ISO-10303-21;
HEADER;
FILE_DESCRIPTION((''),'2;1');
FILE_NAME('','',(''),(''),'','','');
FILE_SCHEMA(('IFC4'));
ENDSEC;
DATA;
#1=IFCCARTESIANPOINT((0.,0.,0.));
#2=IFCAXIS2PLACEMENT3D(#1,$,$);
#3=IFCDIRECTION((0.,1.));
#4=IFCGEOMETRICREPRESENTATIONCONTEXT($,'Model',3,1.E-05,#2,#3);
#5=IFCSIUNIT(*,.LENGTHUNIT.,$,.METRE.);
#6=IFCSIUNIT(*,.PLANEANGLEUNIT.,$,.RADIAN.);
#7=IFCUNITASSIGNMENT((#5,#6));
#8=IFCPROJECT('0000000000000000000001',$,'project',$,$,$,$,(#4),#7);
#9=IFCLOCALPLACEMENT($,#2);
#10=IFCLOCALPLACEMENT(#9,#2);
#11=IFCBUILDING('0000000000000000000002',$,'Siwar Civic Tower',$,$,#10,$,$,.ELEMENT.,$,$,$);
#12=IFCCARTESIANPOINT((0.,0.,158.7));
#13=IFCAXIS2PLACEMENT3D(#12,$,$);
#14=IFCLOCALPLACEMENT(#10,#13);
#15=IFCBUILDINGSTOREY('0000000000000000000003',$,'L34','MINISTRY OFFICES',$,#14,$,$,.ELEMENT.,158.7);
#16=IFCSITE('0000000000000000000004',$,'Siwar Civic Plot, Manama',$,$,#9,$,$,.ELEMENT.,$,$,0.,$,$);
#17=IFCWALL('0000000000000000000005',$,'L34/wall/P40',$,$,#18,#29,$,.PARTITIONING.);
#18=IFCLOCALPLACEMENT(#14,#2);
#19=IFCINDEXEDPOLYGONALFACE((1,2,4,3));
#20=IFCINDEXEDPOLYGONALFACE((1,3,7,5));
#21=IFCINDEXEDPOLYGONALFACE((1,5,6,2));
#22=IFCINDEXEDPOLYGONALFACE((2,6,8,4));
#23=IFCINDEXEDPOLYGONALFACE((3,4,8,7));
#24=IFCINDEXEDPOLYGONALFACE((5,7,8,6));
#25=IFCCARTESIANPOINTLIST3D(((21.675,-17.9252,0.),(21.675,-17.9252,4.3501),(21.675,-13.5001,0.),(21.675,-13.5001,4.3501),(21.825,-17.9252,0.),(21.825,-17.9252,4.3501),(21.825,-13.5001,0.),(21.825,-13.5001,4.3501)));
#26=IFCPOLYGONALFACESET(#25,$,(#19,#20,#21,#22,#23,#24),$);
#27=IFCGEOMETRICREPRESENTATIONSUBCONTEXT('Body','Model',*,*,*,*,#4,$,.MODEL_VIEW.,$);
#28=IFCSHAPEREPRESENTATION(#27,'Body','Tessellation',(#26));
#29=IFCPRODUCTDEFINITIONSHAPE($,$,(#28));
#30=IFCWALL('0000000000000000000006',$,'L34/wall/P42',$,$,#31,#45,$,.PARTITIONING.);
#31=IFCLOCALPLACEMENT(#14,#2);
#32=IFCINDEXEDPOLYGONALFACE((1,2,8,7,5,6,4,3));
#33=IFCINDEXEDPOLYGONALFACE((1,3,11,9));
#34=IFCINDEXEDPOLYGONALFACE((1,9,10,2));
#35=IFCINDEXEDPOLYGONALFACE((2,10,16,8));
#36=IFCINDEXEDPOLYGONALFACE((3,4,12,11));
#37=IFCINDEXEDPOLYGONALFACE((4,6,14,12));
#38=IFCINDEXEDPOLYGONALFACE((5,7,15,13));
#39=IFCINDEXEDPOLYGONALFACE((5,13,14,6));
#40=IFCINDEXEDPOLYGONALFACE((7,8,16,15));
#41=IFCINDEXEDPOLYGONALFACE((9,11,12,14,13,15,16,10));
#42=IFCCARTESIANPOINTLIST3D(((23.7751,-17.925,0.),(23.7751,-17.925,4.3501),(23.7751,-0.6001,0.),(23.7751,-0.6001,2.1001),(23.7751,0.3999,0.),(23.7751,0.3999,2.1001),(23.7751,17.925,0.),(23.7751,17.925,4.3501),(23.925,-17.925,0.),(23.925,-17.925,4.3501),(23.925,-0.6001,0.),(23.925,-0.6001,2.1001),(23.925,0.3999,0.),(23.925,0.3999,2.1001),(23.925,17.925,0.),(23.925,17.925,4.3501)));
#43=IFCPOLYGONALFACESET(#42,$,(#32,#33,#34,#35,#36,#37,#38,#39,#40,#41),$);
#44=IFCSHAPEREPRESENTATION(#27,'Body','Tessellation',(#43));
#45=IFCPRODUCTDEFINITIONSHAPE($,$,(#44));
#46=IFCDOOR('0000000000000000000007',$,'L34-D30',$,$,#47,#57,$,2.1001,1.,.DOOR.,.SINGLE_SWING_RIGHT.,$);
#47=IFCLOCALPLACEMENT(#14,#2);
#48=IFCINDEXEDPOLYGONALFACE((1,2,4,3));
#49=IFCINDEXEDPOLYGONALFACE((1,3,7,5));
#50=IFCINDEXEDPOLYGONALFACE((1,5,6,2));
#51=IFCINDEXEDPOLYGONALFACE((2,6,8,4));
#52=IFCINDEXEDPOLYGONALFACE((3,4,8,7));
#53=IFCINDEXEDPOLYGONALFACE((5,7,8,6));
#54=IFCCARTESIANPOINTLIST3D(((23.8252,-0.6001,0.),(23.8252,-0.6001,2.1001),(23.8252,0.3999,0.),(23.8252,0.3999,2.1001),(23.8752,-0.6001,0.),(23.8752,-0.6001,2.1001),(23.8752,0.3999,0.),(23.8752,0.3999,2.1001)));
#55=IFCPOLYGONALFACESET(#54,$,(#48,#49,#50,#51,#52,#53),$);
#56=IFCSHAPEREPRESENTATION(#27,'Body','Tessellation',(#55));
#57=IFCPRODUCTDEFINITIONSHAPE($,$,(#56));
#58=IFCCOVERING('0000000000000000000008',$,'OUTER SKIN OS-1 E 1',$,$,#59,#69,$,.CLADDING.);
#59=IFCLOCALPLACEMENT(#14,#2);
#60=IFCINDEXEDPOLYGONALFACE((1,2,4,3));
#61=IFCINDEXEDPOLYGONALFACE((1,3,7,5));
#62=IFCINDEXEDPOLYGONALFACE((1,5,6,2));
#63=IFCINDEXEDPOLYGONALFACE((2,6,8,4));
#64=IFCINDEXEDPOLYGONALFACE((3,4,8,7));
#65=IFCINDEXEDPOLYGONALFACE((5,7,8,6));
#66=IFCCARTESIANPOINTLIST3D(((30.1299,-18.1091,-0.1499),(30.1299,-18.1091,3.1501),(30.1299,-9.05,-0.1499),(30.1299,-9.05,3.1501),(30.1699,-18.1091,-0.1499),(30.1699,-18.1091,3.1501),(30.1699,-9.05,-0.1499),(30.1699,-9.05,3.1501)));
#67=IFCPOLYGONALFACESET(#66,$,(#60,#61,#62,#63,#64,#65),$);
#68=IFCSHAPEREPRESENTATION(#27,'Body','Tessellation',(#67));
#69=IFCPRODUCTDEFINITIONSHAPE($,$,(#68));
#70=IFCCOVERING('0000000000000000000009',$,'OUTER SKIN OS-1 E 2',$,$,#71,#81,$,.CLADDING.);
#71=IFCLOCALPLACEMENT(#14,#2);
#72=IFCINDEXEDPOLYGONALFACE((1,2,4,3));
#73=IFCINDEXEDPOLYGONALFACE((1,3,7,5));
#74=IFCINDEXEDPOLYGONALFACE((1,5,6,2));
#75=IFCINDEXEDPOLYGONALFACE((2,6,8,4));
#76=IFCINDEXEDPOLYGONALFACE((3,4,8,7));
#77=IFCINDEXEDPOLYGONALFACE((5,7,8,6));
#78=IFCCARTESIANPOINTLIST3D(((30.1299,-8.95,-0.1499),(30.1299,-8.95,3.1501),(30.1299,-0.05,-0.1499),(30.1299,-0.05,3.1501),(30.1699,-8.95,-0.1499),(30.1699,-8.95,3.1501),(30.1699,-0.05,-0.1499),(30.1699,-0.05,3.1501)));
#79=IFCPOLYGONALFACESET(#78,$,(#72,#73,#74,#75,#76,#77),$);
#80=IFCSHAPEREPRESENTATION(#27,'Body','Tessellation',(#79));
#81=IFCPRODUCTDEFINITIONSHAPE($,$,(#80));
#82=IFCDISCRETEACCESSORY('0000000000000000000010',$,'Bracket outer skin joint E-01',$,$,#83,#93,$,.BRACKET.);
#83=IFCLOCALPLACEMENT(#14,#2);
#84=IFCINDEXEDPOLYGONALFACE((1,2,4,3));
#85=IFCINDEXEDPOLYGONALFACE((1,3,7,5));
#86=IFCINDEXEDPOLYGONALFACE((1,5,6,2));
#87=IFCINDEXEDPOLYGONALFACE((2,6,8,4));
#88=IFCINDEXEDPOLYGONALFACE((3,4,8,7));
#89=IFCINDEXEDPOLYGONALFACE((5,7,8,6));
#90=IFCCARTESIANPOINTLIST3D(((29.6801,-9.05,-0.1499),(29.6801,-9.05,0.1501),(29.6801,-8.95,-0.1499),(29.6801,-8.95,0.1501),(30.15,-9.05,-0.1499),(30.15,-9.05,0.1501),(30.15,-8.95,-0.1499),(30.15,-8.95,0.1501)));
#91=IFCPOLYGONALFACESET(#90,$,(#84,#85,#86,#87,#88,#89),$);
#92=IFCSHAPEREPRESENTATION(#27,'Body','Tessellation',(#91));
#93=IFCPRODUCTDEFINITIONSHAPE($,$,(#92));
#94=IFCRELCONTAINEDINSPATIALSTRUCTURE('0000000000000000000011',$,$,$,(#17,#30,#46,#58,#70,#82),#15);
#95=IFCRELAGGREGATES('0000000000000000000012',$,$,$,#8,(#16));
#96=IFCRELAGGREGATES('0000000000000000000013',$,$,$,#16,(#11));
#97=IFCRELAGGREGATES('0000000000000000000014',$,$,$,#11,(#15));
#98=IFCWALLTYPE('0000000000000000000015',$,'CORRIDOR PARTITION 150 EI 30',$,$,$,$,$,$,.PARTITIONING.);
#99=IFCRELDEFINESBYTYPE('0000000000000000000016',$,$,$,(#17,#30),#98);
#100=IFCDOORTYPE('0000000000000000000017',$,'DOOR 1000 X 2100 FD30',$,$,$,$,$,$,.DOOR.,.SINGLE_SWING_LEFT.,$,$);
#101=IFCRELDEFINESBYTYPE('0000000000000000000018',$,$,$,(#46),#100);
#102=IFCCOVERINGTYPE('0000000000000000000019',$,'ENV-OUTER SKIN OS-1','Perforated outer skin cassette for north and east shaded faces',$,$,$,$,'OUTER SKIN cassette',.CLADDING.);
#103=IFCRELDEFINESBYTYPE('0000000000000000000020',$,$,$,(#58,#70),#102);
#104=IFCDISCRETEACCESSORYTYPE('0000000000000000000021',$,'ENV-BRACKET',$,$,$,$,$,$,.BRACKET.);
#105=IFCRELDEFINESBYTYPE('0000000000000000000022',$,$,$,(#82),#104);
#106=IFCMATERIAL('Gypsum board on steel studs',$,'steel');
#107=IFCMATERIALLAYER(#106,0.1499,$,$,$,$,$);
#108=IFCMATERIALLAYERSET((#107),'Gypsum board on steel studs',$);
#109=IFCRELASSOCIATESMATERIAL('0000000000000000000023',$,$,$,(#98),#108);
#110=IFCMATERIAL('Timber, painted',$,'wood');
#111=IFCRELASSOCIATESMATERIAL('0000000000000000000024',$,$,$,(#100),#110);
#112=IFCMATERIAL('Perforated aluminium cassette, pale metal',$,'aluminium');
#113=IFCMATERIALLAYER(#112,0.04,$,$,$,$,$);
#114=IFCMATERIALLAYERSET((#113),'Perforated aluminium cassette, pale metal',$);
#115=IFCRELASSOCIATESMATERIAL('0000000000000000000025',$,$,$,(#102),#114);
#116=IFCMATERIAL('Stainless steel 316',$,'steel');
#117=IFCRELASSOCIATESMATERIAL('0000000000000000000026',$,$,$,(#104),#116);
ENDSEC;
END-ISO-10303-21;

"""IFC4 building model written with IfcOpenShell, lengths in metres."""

from ifc_helpers import new_model, si_unit, direction, frame, frame_2d, origin, origin_2d, place, context, subcontext, project, spatial, rectangle, extrude, material, layer, layer_set, type_object, element, fill, save


model = new_model("IFC4")

# Units and contexts
model_context = context("Model", 3, precision=1e-05, world=origin(), true_north=direction((0.0, 1.0)))
body_context = subcontext(model_context, "Body", "Model", "MODEL_VIEW")
ifc_project = project(units=[si_unit("LENGTHUNIT", "METRE"), si_unit("PLANEANGLEUNIT", "RADIAN")], contexts=[model_context])

# Site, building, storey
site_placement = place(None, origin())
site = spatial("IfcSite", under=ifc_project, at=site_placement, Name="Siwar Civic Plot, Manama", CompositionType="ELEMENT", RefElevation=0.0)
building_placement = place(site_placement, origin())
building = spatial("IfcBuilding", under=site, at=building_placement, Name="Siwar Civic Tower", CompositionType="ELEMENT")
storey_placement = place(building_placement, frame((0.0, 0.0, 158.7)))
storey = spatial("IfcBuildingStorey", under=building, at=storey_placement, Name="L34", Description="MINISTRY OFFICES", CompositionType="ELEMENT", Elevation=158.7)

# Wall
ifc_material_1 = material(Name="Gypsum board on steel studs", Category="steel")
ifc_layer_1 = layer(ifc_material_1, 0.1499)
ifc_layer_set_1 = layer_set([ifc_layer_1], Name="Gypsum board on steel studs")
wall_type_1 = type_object("IfcWallType", Name="CORRIDOR PARTITION 150 EI 30", PredefinedType="PARTITIONING", material=ifc_layer_set_1)
wall_1_placement = place(storey_placement, frame((21.75, -17.925, 0.0), z_axis=(0.0, 0.0, 1.0), x_axis=(0.0, 1.0, 0.0)))
element("IfcWall", 1, at=wall_1_placement, inside=storey, type_object=wall_type_1, Name="L34/wall/P40", PredefinedType="PARTITIONING", context=body_context, shape_type="SweptSolid", body=[
    extrude(rectangle(XDim=4.425, YDim=0.1499, at=frame_2d((2.2124, 0.0))), origin(), (0.0, 0.0, 1.0), 4.3501),
])

# Wall, opening, door
wall_2_placement = place(storey_placement, frame((23.8501, -17.925, 0.0), z_axis=(0.0, 0.0, 1.0), x_axis=(0.0, 1.0, 0.0)))
wall_2 = element("IfcWall", 2, at=wall_2_placement, inside=storey, type_object=wall_type_1, Name="L34/wall/P42", PredefinedType="PARTITIONING", context=body_context, shape_type="SweptSolid", body=[
    extrude(rectangle(XDim=35.8501, YDim=0.1499, at=frame_2d((17.925, 0.0))), origin(), (0.0, 0.0, 1.0), 4.3501),
])
opening_1_placement = place(wall_2_placement, frame((17.325, 0.0, 0.0)))
opening_1 = element("IfcOpeningElement", 3, at=opening_1_placement, cuts=wall_2, PredefinedType="OPENING", context=body_context, shape_type="SweptSolid", body=[
    extrude(rectangle(XDim=1.0, YDim=2.1001, at=frame_2d((0.5, 1.05))), frame((0.0, 0.085, 0.0), z_axis=(0.0, -1.0, 0.0), x_axis=(1.0, 0.0, 0.0)), (0.0, 0.0, 1.0), 0.1699),
])
ifc_material_2 = material(Name="Timber, painted", Category="wood")
door_type_1 = type_object("IfcDoorType", Name="DOOR 1000 X 2100 FD30", OperationType="SINGLE_SWING_LEFT", PredefinedType="DOOR", material=ifc_material_2)
door_1_placement = place(opening_1_placement, origin())
door_1 = element("IfcDoor", 4, at=door_1_placement, inside=storey, type_object=door_type_1, Name="L34-D30", OperationType="SINGLE_SWING_RIGHT", OverallHeight=2.1001, OverallWidth=1.0, PredefinedType="DOOR", context=body_context, shape_type="SweptSolid", body=[
    extrude(rectangle(XDim=1.0, YDim=2.1001, at=frame_2d((0.5, 1.05))), frame((0.0, 0.0249, 0.0), z_axis=(0.0, -1.0, 0.0), x_axis=(1.0, 0.0, 0.0)), (0.0, 0.0, 1.0), 0.05),
])
fill(opening_1, door_1)

# Coverings
ifc_material_3 = material(Name="Perforated aluminium cassette, pale metal", Category="aluminium")
ifc_layer_2 = layer(ifc_material_3, 0.04)
ifc_layer_set_2 = layer_set([ifc_layer_2], Name="Perforated aluminium cassette, pale metal")
covering_type = type_object("IfcCoveringType", Name="ENV-OUTER SKIN OS-1", Description="Perforated outer skin cassette for north and east shaded faces", ElementType="OUTER SKIN cassette", PredefinedType="CLADDING", material=ifc_layer_set_2)
covering_1_placement = place(storey_placement, frame((30.1499, -13.5796, -0.1499), z_axis=(0.0, 0.0, 1.0), x_axis=(0.0, 1.0, 0.0)))
element("IfcCovering", 5, at=covering_1_placement, inside=storey, type_object=covering_type, Name="OUTER SKIN OS-1 E 1", PredefinedType="CLADDING", context=body_context, shape_type="SweptSolid", body=[
    extrude(rectangle(XDim=9.0591, YDim=0.04, at=origin_2d()), origin(), (0.0, 0.0, 1.0), 3.3),
])
covering_2_placement = place(storey_placement, frame((30.1499, -4.5, -0.1499), z_axis=(0.0, 0.0, 1.0), x_axis=(0.0, 1.0, 0.0)))
element("IfcCovering", 6, at=covering_2_placement, inside=storey, type_object=covering_type, Name="OUTER SKIN OS-1 E 2", PredefinedType="CLADDING", context=body_context, shape_type="SweptSolid", body=[
    extrude(rectangle(XDim=8.8999, YDim=0.04, at=origin_2d()), origin(), (0.0, 0.0, 1.0), 3.3),
])

# Discrete accessory
ifc_material_4 = material(Name="Stainless steel 316", Category="steel")
discrete_accessory_type = type_object("IfcDiscreteAccessoryType", Name="ENV-BRACKET", PredefinedType="BRACKET", material=ifc_material_4)
discrete_accessory_placement = place(storey_placement, frame((29.915, -9.0, -0.1499), z_axis=(0.0, 0.0, 1.0), x_axis=(1.0, 0.0, 0.0)))
element("IfcDiscreteAccessory", 7, at=discrete_accessory_placement, inside=storey, type_object=discrete_accessory_type, Name="Bracket outer skin joint E-01", PredefinedType="BRACKET", context=body_context, shape_type="SweptSolid", body=[
    extrude(rectangle(XDim=0.47, YDim=0.1001, at=origin_2d()), origin(), (0.0, 0.0, 1.0), 0.3),
])

save(model, "model.ifc")
